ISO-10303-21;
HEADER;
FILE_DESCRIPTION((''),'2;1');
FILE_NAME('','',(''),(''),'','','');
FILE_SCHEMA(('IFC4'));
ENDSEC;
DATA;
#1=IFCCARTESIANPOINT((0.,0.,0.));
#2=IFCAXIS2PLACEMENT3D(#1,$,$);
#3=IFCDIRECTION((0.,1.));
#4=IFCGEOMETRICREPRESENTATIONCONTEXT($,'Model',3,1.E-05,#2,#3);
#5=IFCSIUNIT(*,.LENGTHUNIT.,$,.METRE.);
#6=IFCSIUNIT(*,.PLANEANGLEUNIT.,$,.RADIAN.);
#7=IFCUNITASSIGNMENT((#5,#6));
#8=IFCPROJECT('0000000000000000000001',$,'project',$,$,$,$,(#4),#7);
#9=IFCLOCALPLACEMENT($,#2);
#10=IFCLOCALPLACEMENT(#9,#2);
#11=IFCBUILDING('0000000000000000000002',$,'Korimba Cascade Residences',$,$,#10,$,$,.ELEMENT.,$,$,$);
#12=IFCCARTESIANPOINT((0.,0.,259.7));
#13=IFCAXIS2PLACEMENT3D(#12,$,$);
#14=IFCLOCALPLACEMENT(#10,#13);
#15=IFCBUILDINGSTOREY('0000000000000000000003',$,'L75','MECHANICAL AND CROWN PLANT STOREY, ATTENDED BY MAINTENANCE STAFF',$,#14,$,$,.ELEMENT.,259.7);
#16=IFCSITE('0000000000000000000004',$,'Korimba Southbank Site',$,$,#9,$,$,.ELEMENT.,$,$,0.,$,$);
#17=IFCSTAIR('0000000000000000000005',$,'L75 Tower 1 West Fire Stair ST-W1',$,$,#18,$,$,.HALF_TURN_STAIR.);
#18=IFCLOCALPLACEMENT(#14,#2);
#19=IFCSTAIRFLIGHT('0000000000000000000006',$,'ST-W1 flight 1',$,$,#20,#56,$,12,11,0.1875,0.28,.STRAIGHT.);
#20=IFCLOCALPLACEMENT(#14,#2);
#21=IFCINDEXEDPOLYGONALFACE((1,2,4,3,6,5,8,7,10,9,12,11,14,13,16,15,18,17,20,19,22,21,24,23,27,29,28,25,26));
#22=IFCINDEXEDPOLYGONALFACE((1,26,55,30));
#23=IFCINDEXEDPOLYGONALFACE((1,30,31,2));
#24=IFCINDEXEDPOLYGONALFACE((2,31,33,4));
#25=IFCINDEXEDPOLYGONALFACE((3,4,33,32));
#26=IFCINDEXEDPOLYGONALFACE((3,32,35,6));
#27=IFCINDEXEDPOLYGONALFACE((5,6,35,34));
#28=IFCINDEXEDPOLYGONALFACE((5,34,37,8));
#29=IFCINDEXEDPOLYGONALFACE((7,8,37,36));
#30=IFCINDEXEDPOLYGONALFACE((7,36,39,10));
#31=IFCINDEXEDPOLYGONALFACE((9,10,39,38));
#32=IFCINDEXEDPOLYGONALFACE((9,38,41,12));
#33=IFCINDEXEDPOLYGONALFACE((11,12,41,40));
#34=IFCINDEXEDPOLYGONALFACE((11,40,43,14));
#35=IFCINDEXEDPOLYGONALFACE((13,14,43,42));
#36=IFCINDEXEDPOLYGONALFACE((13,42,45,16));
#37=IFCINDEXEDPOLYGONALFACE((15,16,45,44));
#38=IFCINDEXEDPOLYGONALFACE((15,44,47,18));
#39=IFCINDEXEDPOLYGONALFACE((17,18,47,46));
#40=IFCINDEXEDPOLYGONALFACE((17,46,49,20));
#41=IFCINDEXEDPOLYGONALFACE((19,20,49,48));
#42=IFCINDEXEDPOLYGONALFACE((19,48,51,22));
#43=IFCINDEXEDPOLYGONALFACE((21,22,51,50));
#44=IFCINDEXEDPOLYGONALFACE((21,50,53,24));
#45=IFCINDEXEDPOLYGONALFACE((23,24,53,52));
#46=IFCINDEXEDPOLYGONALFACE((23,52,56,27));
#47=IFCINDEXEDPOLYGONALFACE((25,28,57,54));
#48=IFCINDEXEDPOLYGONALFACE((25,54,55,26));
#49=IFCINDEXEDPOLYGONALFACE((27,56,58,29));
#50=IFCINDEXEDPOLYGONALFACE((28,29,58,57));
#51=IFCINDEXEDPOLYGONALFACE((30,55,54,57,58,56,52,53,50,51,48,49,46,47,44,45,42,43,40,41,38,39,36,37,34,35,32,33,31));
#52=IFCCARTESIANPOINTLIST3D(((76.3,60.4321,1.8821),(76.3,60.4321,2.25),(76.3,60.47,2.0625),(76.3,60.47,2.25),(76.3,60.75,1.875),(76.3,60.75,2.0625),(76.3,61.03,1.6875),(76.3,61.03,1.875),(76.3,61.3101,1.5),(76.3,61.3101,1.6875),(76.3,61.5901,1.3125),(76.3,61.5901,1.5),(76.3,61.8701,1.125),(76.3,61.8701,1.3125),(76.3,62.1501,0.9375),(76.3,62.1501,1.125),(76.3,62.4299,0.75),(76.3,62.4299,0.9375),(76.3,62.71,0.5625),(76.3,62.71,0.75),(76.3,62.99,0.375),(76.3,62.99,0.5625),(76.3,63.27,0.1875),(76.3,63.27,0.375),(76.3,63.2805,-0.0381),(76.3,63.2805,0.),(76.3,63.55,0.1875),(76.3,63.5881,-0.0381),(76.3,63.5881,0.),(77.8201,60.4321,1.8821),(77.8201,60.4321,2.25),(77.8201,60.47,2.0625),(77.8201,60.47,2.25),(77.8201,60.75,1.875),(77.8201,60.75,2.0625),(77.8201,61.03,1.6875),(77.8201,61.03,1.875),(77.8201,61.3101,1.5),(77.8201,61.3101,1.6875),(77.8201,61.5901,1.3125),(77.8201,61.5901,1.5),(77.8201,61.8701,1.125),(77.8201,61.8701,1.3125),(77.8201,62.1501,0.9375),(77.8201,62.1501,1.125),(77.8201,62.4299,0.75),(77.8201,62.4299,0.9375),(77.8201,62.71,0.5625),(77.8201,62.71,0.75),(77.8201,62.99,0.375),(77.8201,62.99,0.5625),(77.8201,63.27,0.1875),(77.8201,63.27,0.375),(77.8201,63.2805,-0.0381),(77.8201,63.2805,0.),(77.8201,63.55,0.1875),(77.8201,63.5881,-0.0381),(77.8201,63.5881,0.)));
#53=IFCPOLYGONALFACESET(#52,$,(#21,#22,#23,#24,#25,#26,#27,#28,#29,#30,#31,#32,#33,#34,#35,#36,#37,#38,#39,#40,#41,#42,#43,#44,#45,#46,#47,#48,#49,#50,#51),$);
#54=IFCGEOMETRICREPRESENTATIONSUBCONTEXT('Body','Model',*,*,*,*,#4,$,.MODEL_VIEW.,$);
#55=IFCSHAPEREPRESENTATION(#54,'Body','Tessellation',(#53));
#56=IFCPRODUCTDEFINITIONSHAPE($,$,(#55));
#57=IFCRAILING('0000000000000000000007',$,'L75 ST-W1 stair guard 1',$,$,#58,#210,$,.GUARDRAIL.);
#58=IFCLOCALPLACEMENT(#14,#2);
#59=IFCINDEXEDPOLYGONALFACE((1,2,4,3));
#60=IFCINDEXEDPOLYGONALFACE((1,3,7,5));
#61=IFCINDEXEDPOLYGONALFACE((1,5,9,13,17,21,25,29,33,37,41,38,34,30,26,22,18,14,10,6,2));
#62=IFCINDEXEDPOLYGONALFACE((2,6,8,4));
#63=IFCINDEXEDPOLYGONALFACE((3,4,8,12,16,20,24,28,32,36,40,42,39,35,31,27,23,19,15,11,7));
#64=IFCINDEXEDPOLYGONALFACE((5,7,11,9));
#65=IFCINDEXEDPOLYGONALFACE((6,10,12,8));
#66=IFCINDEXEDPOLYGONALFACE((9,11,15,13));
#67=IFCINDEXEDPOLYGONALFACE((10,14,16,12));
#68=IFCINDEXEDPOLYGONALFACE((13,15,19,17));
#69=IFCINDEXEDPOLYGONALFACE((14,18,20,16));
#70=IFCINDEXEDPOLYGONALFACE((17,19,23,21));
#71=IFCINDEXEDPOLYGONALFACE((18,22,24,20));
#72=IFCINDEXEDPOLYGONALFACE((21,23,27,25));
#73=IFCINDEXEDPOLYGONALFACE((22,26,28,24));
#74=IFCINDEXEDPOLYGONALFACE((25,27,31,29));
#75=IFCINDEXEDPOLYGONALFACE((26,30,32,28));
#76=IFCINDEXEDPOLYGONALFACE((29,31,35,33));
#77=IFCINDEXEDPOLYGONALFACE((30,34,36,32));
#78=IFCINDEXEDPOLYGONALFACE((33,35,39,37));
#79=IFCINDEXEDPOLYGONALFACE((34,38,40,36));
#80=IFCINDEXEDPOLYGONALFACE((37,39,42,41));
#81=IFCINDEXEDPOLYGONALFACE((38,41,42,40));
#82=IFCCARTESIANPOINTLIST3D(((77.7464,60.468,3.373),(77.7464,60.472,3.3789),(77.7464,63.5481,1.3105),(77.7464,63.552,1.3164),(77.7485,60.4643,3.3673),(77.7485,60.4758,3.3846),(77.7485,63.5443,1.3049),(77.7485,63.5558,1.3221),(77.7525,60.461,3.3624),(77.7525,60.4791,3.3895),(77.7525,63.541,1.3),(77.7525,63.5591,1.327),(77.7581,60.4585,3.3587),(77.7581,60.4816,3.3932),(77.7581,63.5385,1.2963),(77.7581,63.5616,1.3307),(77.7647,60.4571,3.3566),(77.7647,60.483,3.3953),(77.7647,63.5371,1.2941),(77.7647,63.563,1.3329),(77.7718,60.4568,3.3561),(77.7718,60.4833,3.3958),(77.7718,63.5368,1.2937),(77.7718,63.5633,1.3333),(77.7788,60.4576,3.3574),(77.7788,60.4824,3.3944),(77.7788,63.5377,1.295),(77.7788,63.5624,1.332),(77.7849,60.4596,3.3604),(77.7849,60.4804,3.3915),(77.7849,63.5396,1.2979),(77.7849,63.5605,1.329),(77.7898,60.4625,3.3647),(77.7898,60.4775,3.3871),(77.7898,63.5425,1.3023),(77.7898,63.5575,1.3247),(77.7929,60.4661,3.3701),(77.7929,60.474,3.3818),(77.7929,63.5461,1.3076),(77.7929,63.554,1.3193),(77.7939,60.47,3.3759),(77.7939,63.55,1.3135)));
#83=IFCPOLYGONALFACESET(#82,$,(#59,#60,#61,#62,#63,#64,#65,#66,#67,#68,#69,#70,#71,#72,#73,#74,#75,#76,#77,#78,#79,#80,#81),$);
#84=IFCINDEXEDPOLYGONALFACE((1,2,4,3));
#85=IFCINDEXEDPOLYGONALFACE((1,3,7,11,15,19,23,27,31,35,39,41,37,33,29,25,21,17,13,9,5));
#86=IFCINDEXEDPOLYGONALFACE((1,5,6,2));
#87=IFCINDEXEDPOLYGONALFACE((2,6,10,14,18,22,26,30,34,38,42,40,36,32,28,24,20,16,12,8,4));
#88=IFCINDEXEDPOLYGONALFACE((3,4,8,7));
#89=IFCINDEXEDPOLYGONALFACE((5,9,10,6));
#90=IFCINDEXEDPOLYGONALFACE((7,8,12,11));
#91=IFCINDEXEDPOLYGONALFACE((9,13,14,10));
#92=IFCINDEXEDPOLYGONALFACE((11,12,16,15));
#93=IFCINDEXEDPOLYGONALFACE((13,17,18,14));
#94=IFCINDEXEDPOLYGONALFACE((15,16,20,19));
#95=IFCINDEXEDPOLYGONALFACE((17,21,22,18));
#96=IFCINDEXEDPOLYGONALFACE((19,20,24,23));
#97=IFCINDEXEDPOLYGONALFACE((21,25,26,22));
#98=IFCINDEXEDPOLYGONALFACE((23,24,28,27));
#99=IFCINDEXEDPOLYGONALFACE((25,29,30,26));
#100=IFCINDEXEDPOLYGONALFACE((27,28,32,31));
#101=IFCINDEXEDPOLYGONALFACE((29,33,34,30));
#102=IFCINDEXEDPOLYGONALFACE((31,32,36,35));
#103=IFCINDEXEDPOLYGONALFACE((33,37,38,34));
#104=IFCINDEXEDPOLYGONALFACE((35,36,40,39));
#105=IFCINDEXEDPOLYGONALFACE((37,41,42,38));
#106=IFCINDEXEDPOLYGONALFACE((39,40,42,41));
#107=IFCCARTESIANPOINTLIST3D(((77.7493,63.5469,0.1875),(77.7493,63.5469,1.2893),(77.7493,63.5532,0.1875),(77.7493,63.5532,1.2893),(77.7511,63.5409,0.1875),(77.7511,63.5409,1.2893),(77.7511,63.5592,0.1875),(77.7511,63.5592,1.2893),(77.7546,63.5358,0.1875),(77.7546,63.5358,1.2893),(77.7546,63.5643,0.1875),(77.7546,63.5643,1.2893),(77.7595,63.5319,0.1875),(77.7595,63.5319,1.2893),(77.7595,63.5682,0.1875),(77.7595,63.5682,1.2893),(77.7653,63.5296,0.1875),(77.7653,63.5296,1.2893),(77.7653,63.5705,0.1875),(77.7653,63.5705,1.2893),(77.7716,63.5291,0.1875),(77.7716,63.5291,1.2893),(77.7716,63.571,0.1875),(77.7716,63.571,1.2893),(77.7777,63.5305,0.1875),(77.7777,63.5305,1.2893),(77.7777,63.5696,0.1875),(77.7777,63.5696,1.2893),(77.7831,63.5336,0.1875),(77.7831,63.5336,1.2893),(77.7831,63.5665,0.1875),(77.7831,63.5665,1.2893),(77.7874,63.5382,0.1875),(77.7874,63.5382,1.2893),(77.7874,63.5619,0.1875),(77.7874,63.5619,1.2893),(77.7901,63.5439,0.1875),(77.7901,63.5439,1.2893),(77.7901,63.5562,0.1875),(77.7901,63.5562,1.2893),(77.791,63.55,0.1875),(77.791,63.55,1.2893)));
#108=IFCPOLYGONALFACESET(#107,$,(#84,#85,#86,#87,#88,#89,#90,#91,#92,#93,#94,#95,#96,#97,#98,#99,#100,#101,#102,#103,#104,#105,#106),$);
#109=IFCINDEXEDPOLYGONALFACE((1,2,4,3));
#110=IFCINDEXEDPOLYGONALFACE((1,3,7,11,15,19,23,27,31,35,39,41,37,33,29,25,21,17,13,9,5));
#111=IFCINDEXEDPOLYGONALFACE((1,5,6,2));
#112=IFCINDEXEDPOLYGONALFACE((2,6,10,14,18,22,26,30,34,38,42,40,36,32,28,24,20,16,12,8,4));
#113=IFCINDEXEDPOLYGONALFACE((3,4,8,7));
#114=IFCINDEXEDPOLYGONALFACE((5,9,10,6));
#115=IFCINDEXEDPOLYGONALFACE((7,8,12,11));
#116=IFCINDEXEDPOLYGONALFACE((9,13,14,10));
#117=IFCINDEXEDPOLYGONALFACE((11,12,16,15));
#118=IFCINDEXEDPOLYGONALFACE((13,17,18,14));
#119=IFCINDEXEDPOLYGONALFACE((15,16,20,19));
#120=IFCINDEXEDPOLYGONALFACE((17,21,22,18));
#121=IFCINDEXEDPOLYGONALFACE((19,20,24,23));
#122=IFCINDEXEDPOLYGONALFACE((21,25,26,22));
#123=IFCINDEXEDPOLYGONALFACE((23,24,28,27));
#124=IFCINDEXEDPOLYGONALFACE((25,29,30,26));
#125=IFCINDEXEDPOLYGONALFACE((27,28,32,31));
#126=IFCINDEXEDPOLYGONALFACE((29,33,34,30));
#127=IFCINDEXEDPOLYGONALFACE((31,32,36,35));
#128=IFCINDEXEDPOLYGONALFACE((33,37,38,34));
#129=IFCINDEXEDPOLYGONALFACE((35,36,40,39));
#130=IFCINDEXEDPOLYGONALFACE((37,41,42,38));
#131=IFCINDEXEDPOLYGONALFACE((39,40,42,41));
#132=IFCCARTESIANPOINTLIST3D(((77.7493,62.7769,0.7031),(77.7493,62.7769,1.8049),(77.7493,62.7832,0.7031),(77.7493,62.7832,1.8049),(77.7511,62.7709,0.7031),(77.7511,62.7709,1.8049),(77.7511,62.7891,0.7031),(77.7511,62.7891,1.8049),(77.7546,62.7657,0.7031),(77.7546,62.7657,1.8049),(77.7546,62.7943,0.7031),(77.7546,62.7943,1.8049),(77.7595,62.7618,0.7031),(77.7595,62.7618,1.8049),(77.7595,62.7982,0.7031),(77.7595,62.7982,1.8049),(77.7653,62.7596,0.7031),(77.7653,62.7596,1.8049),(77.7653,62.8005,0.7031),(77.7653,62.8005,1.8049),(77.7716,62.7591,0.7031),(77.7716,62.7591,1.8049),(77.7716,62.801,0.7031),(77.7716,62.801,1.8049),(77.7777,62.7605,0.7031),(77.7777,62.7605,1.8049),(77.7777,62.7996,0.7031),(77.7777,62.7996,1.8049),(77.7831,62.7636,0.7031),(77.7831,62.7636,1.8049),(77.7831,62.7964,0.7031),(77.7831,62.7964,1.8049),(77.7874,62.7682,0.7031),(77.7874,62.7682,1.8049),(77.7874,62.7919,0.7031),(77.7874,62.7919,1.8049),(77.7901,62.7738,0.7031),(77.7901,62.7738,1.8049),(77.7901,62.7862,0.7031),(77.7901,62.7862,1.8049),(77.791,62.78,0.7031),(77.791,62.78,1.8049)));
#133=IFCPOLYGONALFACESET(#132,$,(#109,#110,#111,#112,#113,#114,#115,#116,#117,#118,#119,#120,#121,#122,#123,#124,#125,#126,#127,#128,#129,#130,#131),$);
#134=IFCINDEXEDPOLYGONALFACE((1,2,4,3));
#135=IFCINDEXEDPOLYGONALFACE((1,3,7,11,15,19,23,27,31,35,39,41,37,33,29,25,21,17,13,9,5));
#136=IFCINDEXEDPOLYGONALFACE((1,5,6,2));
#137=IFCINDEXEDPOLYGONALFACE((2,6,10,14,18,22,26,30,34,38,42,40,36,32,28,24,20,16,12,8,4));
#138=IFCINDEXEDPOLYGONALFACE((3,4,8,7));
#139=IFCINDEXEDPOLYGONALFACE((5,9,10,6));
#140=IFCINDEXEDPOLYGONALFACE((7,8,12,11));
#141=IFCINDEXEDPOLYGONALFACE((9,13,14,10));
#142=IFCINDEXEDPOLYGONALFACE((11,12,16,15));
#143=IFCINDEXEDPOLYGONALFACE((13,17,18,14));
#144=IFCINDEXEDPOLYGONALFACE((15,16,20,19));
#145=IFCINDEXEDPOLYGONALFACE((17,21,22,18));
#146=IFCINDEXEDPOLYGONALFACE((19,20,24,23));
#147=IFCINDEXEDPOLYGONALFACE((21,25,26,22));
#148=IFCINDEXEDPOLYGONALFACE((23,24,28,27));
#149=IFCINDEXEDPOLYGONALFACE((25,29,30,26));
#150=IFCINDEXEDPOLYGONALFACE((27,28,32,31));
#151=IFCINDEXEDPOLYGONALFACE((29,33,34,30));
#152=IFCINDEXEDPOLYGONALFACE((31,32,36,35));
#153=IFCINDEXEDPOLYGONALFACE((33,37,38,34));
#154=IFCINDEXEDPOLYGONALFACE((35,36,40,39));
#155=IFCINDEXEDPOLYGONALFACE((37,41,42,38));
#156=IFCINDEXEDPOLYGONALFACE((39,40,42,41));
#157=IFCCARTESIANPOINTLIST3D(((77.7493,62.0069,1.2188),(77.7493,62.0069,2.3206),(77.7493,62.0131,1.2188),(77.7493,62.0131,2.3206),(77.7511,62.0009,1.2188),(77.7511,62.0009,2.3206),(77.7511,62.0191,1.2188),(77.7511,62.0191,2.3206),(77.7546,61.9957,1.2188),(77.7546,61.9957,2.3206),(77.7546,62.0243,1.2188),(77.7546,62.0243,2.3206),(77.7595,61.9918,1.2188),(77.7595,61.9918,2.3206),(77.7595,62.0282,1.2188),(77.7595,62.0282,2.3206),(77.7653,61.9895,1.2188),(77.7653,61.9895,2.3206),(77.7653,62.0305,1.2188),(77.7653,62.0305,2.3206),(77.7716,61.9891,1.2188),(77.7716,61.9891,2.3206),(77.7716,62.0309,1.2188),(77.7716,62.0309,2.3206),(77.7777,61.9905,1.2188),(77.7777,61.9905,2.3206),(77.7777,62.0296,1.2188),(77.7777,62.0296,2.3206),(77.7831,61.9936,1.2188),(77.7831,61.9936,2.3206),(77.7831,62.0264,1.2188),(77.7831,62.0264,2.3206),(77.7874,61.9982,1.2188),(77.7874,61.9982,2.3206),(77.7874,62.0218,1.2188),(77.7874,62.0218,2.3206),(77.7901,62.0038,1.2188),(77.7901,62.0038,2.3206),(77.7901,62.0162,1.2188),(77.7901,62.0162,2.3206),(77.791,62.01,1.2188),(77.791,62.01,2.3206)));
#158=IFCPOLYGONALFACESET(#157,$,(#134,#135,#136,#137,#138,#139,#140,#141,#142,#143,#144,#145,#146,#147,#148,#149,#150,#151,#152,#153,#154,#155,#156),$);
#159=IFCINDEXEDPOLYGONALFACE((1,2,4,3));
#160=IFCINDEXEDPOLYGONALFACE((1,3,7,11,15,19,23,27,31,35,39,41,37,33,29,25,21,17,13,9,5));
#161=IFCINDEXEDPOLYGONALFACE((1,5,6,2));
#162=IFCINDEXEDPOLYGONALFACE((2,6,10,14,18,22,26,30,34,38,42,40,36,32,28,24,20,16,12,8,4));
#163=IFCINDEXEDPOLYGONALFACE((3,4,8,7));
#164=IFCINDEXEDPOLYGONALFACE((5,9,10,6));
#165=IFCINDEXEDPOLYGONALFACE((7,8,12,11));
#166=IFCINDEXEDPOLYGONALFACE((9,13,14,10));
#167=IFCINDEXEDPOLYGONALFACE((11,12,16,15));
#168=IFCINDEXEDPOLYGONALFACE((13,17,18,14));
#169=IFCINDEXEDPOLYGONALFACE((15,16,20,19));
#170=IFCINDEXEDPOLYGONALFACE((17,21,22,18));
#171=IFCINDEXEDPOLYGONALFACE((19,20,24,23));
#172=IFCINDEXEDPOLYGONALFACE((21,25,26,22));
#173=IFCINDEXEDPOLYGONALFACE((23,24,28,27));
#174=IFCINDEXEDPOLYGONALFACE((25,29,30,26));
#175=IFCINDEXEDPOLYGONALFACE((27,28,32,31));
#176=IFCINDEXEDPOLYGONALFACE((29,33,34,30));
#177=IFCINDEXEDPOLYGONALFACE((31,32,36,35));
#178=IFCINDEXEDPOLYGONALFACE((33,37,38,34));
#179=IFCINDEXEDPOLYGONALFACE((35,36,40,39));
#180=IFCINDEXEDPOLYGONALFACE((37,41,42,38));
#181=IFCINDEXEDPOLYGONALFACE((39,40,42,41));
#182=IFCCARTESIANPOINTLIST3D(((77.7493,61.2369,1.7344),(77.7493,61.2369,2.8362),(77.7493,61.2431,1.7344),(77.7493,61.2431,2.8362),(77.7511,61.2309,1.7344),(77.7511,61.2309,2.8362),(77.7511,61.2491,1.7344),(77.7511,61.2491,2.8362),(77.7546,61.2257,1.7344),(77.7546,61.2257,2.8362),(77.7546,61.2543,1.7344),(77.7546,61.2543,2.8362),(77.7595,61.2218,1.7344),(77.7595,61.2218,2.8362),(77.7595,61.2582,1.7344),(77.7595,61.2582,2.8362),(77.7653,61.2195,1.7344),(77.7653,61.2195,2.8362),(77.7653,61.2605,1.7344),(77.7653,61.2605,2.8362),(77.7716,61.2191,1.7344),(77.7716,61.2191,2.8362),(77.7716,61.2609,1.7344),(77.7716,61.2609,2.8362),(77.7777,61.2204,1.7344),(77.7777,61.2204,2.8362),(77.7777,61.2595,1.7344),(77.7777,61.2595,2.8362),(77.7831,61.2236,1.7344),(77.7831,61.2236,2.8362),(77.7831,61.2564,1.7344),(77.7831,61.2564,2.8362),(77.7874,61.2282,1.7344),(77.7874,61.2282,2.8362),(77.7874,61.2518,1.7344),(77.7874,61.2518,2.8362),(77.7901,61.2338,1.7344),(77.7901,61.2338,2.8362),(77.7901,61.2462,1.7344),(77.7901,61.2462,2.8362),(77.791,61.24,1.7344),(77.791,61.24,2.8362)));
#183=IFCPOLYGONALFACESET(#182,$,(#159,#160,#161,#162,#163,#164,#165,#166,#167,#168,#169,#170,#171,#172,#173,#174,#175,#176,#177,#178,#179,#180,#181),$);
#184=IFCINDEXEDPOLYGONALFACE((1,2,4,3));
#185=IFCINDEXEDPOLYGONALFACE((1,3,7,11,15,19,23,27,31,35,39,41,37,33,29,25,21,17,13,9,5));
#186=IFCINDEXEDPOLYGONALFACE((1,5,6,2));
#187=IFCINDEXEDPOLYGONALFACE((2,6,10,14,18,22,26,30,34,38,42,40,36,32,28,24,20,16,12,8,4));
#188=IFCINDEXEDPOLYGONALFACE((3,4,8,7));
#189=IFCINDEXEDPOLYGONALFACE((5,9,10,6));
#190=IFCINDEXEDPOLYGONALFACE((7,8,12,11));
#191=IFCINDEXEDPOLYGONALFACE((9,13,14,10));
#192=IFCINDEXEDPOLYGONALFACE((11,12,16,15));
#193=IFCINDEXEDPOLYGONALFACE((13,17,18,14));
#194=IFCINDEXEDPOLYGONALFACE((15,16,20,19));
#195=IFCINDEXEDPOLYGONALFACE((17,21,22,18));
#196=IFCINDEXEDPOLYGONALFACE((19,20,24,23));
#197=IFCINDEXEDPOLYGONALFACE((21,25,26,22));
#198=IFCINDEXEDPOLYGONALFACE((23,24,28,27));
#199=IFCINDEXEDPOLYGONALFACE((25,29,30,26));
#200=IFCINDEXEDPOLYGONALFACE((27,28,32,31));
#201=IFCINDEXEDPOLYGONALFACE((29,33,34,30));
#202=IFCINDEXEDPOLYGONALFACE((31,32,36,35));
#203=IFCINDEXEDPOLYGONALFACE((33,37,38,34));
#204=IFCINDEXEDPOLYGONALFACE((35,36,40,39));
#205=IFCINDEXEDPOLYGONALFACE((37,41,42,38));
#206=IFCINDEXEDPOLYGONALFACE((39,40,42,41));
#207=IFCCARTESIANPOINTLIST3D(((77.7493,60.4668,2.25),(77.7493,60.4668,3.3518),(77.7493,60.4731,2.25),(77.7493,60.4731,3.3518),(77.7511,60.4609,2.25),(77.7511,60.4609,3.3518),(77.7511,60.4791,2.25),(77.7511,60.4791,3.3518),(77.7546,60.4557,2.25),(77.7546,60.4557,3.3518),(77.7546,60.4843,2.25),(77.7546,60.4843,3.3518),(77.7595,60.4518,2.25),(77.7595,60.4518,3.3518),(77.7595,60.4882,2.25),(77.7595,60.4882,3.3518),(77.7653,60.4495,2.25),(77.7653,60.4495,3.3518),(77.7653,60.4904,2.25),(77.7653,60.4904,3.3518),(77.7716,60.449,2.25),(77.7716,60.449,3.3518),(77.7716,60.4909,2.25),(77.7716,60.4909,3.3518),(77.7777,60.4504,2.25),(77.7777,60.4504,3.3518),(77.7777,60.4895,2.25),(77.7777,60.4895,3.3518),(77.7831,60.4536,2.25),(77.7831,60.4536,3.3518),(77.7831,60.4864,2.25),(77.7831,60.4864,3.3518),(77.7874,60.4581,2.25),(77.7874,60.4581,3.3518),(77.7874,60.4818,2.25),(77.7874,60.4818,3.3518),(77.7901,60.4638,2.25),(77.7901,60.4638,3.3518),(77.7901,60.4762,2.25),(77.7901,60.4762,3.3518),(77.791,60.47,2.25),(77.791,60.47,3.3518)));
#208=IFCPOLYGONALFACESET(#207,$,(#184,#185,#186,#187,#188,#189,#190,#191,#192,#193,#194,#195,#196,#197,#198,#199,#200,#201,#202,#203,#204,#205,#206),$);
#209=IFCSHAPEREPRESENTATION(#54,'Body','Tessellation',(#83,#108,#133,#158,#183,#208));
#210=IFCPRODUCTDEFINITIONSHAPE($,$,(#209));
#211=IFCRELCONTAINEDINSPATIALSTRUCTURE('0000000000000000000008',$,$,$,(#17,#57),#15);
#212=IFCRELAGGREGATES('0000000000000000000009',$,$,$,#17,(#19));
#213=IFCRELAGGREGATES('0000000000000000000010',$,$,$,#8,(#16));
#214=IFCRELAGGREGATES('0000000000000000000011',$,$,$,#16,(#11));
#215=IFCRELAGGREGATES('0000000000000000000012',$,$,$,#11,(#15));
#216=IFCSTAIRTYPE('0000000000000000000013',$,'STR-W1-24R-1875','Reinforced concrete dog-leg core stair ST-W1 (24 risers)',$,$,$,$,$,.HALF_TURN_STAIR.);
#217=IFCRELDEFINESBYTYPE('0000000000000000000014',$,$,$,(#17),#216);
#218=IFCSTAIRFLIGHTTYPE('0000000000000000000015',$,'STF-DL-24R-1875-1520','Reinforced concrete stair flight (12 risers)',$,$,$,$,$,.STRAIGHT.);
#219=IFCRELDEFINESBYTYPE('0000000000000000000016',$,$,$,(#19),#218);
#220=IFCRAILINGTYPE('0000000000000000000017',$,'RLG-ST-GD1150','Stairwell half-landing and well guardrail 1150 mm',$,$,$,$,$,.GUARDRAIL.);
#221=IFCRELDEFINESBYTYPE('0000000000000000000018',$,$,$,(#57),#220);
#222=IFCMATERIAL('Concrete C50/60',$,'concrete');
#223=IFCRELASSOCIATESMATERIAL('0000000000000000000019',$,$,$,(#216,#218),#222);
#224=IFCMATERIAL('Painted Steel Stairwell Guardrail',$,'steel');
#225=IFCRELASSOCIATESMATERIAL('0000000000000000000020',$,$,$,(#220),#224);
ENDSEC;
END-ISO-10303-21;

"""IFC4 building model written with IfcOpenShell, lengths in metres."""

from ifc_helpers import new_model, si_unit, direction, frame, origin, origin_2d, place, context, subcontext, project, spatial, polyline, circle, outline, extrude, material, type_object, element, aggregate, save


model = new_model("IFC4")

# Units and contexts
model_context = context("Model", 3, precision=1e-05, world=origin(), true_north=direction((0.0, 1.0)))
body_context = subcontext(model_context, "Body", "Model", "MODEL_VIEW")
ifc_project = project(units=[si_unit("LENGTHUNIT", "METRE"), si_unit("PLANEANGLEUNIT", "RADIAN")], contexts=[model_context])

# Site, building, storey
site_placement = place(None, origin())
site = spatial("IfcSite", under=ifc_project, at=site_placement, Name="Korimba Southbank Site", CompositionType="ELEMENT", RefElevation=0.0)
building_placement = place(site_placement, origin())
building = spatial("IfcBuilding", under=site, at=building_placement, Name="Korimba Cascade Residences", CompositionType="ELEMENT")
storey_placement = place(building_placement, frame((0.0, 0.0, 259.7)))
storey = spatial("IfcBuildingStorey", under=building, at=storey_placement, Name="L75", Description="MECHANICAL AND CROWN PLANT STOREY, ATTENDED BY MAINTENANCE STAFF", CompositionType="ELEMENT", Elevation=259.7)

# Shared definitions
ifc_material_1 = material(Name="Concrete C50/60", Category="concrete")

# Stair, stair flight
stair_type = type_object("IfcStairType", Name="STR-W1-24R-1875", Description="Reinforced concrete dog-leg core stair ST-W1 (24 risers)", PredefinedType="HALF_TURN_STAIR", material=ifc_material_1)
stair_placement = place(storey_placement, origin())
stair = element("IfcStair", 1, at=stair_placement, inside=storey, type_object=stair_type, Name="L75 Tower 1 West Fire Stair ST-W1", PredefinedType="HALF_TURN_STAIR")
stair_flight_type = type_object("IfcStairFlightType", Name="STF-DL-24R-1875-1520", Description="Reinforced concrete stair flight (12 risers)", PredefinedType="STRAIGHT", material=ifc_material_1)
stair_flight_placement = place(storey_placement, frame((77.0601, 63.55, 0.0), z_axis=(0.0, 0.0, 1.0), x_axis=(0.0, -1.0, 0.0)))
stair_flight = element("IfcStairFlight", 2, at=stair_flight_placement, type_object=stair_flight_type, Name="ST-W1 flight 1", NumberOfRisers=12, NumberOfTreads=11, PredefinedType="STRAIGHT", RiserHeight=0.1875, TreadLength=0.28, context=body_context, shape_type="SweptSolid", body=[
    extrude(outline(polyline([(-0.0381, 0.0), (0.0, 0.1875), (0.28, 0.1875), (0.28, 0.375), (0.5601, 0.375), (0.5601, 0.5625), (0.8401, 0.5625), (0.8401, 0.75), (1.1201, 0.75), (1.1201, 0.9375), (1.3999, 0.9375), (1.3999, 1.125), (1.6799, 1.125), (1.6799, 1.3125), (1.96, 1.3125), (1.96, 1.5), (2.24, 1.5), (2.24, 1.6875), (2.52, 1.6875), (2.52, 1.875), (2.8, 1.875), (2.8, 2.0625), (3.0801, 2.0625), (3.0801, 2.25), (3.1179, 2.25), (3.1179, 1.8821), (0.2695, 0.0), (0.2695, -0.0381), (-0.0381, -0.0381), (-0.0381, 0.0)])), frame((0.0, 0.76, 0.0), z_axis=(0.0, -1.0, 0.0), x_axis=(1.0, 0.0, 0.0)), (0.0, 0.0, 1.0), 1.52),
])
aggregate(stair, [stair_flight])

# Railing
ifc_material_2 = material(Name="Painted Steel Stairwell Guardrail", Category="steel")
railing_type_1 = type_object("IfcRailingType", Name="RLG-ST-GD1150", Description="Stairwell half-landing and well guardrail 1150 mm", PredefinedType="GUARDRAIL", material=ifc_material_2)
railing_1_placement = place(storey_placement, frame((77.77, 63.55, 0.1875)))
element("IfcRailing", 3, at=railing_1_placement, inside=storey, type_object=railing_type_1, Name="L75 ST-W1 stair guard 1", PredefinedType="GUARDRAIL", context=body_context, shape_type="SweptSolid", body=[
    extrude(circle(Radius=0.0239, at=origin_2d()), frame((0.0, 0.0, 1.126), z_axis=(0.0, -0.830914, 0.556401), x_axis=(1.0, 0.0, 0.0)), (0.0, 0.0, 1.0), 3.7068),
    extrude(circle(Radius=0.021, at=origin_2d()), origin(), (0.0, 0.0, 1.0), 1.1018),
    extrude(circle(Radius=0.021, at=origin_2d()), frame((0.0, -0.77, 0.5156)), (0.0, 0.0, 1.0), 1.1018),
    extrude(circle(Radius=0.021, at=origin_2d()), frame((0.0, -1.54, 1.0312)), (0.0, 0.0, 1.0), 1.1018),
    extrude(circle(Radius=0.021, at=origin_2d()), frame((0.0, -2.3101, 1.5469)), (0.0, 0.0, 1.0), 1.1018),
    extrude(circle(Radius=0.021, at=origin_2d()), frame((0.0, -3.0801, 2.0625)), (0.0, 0.0, 1.0), 1.1018),
])

save(model, "model.ifc")
